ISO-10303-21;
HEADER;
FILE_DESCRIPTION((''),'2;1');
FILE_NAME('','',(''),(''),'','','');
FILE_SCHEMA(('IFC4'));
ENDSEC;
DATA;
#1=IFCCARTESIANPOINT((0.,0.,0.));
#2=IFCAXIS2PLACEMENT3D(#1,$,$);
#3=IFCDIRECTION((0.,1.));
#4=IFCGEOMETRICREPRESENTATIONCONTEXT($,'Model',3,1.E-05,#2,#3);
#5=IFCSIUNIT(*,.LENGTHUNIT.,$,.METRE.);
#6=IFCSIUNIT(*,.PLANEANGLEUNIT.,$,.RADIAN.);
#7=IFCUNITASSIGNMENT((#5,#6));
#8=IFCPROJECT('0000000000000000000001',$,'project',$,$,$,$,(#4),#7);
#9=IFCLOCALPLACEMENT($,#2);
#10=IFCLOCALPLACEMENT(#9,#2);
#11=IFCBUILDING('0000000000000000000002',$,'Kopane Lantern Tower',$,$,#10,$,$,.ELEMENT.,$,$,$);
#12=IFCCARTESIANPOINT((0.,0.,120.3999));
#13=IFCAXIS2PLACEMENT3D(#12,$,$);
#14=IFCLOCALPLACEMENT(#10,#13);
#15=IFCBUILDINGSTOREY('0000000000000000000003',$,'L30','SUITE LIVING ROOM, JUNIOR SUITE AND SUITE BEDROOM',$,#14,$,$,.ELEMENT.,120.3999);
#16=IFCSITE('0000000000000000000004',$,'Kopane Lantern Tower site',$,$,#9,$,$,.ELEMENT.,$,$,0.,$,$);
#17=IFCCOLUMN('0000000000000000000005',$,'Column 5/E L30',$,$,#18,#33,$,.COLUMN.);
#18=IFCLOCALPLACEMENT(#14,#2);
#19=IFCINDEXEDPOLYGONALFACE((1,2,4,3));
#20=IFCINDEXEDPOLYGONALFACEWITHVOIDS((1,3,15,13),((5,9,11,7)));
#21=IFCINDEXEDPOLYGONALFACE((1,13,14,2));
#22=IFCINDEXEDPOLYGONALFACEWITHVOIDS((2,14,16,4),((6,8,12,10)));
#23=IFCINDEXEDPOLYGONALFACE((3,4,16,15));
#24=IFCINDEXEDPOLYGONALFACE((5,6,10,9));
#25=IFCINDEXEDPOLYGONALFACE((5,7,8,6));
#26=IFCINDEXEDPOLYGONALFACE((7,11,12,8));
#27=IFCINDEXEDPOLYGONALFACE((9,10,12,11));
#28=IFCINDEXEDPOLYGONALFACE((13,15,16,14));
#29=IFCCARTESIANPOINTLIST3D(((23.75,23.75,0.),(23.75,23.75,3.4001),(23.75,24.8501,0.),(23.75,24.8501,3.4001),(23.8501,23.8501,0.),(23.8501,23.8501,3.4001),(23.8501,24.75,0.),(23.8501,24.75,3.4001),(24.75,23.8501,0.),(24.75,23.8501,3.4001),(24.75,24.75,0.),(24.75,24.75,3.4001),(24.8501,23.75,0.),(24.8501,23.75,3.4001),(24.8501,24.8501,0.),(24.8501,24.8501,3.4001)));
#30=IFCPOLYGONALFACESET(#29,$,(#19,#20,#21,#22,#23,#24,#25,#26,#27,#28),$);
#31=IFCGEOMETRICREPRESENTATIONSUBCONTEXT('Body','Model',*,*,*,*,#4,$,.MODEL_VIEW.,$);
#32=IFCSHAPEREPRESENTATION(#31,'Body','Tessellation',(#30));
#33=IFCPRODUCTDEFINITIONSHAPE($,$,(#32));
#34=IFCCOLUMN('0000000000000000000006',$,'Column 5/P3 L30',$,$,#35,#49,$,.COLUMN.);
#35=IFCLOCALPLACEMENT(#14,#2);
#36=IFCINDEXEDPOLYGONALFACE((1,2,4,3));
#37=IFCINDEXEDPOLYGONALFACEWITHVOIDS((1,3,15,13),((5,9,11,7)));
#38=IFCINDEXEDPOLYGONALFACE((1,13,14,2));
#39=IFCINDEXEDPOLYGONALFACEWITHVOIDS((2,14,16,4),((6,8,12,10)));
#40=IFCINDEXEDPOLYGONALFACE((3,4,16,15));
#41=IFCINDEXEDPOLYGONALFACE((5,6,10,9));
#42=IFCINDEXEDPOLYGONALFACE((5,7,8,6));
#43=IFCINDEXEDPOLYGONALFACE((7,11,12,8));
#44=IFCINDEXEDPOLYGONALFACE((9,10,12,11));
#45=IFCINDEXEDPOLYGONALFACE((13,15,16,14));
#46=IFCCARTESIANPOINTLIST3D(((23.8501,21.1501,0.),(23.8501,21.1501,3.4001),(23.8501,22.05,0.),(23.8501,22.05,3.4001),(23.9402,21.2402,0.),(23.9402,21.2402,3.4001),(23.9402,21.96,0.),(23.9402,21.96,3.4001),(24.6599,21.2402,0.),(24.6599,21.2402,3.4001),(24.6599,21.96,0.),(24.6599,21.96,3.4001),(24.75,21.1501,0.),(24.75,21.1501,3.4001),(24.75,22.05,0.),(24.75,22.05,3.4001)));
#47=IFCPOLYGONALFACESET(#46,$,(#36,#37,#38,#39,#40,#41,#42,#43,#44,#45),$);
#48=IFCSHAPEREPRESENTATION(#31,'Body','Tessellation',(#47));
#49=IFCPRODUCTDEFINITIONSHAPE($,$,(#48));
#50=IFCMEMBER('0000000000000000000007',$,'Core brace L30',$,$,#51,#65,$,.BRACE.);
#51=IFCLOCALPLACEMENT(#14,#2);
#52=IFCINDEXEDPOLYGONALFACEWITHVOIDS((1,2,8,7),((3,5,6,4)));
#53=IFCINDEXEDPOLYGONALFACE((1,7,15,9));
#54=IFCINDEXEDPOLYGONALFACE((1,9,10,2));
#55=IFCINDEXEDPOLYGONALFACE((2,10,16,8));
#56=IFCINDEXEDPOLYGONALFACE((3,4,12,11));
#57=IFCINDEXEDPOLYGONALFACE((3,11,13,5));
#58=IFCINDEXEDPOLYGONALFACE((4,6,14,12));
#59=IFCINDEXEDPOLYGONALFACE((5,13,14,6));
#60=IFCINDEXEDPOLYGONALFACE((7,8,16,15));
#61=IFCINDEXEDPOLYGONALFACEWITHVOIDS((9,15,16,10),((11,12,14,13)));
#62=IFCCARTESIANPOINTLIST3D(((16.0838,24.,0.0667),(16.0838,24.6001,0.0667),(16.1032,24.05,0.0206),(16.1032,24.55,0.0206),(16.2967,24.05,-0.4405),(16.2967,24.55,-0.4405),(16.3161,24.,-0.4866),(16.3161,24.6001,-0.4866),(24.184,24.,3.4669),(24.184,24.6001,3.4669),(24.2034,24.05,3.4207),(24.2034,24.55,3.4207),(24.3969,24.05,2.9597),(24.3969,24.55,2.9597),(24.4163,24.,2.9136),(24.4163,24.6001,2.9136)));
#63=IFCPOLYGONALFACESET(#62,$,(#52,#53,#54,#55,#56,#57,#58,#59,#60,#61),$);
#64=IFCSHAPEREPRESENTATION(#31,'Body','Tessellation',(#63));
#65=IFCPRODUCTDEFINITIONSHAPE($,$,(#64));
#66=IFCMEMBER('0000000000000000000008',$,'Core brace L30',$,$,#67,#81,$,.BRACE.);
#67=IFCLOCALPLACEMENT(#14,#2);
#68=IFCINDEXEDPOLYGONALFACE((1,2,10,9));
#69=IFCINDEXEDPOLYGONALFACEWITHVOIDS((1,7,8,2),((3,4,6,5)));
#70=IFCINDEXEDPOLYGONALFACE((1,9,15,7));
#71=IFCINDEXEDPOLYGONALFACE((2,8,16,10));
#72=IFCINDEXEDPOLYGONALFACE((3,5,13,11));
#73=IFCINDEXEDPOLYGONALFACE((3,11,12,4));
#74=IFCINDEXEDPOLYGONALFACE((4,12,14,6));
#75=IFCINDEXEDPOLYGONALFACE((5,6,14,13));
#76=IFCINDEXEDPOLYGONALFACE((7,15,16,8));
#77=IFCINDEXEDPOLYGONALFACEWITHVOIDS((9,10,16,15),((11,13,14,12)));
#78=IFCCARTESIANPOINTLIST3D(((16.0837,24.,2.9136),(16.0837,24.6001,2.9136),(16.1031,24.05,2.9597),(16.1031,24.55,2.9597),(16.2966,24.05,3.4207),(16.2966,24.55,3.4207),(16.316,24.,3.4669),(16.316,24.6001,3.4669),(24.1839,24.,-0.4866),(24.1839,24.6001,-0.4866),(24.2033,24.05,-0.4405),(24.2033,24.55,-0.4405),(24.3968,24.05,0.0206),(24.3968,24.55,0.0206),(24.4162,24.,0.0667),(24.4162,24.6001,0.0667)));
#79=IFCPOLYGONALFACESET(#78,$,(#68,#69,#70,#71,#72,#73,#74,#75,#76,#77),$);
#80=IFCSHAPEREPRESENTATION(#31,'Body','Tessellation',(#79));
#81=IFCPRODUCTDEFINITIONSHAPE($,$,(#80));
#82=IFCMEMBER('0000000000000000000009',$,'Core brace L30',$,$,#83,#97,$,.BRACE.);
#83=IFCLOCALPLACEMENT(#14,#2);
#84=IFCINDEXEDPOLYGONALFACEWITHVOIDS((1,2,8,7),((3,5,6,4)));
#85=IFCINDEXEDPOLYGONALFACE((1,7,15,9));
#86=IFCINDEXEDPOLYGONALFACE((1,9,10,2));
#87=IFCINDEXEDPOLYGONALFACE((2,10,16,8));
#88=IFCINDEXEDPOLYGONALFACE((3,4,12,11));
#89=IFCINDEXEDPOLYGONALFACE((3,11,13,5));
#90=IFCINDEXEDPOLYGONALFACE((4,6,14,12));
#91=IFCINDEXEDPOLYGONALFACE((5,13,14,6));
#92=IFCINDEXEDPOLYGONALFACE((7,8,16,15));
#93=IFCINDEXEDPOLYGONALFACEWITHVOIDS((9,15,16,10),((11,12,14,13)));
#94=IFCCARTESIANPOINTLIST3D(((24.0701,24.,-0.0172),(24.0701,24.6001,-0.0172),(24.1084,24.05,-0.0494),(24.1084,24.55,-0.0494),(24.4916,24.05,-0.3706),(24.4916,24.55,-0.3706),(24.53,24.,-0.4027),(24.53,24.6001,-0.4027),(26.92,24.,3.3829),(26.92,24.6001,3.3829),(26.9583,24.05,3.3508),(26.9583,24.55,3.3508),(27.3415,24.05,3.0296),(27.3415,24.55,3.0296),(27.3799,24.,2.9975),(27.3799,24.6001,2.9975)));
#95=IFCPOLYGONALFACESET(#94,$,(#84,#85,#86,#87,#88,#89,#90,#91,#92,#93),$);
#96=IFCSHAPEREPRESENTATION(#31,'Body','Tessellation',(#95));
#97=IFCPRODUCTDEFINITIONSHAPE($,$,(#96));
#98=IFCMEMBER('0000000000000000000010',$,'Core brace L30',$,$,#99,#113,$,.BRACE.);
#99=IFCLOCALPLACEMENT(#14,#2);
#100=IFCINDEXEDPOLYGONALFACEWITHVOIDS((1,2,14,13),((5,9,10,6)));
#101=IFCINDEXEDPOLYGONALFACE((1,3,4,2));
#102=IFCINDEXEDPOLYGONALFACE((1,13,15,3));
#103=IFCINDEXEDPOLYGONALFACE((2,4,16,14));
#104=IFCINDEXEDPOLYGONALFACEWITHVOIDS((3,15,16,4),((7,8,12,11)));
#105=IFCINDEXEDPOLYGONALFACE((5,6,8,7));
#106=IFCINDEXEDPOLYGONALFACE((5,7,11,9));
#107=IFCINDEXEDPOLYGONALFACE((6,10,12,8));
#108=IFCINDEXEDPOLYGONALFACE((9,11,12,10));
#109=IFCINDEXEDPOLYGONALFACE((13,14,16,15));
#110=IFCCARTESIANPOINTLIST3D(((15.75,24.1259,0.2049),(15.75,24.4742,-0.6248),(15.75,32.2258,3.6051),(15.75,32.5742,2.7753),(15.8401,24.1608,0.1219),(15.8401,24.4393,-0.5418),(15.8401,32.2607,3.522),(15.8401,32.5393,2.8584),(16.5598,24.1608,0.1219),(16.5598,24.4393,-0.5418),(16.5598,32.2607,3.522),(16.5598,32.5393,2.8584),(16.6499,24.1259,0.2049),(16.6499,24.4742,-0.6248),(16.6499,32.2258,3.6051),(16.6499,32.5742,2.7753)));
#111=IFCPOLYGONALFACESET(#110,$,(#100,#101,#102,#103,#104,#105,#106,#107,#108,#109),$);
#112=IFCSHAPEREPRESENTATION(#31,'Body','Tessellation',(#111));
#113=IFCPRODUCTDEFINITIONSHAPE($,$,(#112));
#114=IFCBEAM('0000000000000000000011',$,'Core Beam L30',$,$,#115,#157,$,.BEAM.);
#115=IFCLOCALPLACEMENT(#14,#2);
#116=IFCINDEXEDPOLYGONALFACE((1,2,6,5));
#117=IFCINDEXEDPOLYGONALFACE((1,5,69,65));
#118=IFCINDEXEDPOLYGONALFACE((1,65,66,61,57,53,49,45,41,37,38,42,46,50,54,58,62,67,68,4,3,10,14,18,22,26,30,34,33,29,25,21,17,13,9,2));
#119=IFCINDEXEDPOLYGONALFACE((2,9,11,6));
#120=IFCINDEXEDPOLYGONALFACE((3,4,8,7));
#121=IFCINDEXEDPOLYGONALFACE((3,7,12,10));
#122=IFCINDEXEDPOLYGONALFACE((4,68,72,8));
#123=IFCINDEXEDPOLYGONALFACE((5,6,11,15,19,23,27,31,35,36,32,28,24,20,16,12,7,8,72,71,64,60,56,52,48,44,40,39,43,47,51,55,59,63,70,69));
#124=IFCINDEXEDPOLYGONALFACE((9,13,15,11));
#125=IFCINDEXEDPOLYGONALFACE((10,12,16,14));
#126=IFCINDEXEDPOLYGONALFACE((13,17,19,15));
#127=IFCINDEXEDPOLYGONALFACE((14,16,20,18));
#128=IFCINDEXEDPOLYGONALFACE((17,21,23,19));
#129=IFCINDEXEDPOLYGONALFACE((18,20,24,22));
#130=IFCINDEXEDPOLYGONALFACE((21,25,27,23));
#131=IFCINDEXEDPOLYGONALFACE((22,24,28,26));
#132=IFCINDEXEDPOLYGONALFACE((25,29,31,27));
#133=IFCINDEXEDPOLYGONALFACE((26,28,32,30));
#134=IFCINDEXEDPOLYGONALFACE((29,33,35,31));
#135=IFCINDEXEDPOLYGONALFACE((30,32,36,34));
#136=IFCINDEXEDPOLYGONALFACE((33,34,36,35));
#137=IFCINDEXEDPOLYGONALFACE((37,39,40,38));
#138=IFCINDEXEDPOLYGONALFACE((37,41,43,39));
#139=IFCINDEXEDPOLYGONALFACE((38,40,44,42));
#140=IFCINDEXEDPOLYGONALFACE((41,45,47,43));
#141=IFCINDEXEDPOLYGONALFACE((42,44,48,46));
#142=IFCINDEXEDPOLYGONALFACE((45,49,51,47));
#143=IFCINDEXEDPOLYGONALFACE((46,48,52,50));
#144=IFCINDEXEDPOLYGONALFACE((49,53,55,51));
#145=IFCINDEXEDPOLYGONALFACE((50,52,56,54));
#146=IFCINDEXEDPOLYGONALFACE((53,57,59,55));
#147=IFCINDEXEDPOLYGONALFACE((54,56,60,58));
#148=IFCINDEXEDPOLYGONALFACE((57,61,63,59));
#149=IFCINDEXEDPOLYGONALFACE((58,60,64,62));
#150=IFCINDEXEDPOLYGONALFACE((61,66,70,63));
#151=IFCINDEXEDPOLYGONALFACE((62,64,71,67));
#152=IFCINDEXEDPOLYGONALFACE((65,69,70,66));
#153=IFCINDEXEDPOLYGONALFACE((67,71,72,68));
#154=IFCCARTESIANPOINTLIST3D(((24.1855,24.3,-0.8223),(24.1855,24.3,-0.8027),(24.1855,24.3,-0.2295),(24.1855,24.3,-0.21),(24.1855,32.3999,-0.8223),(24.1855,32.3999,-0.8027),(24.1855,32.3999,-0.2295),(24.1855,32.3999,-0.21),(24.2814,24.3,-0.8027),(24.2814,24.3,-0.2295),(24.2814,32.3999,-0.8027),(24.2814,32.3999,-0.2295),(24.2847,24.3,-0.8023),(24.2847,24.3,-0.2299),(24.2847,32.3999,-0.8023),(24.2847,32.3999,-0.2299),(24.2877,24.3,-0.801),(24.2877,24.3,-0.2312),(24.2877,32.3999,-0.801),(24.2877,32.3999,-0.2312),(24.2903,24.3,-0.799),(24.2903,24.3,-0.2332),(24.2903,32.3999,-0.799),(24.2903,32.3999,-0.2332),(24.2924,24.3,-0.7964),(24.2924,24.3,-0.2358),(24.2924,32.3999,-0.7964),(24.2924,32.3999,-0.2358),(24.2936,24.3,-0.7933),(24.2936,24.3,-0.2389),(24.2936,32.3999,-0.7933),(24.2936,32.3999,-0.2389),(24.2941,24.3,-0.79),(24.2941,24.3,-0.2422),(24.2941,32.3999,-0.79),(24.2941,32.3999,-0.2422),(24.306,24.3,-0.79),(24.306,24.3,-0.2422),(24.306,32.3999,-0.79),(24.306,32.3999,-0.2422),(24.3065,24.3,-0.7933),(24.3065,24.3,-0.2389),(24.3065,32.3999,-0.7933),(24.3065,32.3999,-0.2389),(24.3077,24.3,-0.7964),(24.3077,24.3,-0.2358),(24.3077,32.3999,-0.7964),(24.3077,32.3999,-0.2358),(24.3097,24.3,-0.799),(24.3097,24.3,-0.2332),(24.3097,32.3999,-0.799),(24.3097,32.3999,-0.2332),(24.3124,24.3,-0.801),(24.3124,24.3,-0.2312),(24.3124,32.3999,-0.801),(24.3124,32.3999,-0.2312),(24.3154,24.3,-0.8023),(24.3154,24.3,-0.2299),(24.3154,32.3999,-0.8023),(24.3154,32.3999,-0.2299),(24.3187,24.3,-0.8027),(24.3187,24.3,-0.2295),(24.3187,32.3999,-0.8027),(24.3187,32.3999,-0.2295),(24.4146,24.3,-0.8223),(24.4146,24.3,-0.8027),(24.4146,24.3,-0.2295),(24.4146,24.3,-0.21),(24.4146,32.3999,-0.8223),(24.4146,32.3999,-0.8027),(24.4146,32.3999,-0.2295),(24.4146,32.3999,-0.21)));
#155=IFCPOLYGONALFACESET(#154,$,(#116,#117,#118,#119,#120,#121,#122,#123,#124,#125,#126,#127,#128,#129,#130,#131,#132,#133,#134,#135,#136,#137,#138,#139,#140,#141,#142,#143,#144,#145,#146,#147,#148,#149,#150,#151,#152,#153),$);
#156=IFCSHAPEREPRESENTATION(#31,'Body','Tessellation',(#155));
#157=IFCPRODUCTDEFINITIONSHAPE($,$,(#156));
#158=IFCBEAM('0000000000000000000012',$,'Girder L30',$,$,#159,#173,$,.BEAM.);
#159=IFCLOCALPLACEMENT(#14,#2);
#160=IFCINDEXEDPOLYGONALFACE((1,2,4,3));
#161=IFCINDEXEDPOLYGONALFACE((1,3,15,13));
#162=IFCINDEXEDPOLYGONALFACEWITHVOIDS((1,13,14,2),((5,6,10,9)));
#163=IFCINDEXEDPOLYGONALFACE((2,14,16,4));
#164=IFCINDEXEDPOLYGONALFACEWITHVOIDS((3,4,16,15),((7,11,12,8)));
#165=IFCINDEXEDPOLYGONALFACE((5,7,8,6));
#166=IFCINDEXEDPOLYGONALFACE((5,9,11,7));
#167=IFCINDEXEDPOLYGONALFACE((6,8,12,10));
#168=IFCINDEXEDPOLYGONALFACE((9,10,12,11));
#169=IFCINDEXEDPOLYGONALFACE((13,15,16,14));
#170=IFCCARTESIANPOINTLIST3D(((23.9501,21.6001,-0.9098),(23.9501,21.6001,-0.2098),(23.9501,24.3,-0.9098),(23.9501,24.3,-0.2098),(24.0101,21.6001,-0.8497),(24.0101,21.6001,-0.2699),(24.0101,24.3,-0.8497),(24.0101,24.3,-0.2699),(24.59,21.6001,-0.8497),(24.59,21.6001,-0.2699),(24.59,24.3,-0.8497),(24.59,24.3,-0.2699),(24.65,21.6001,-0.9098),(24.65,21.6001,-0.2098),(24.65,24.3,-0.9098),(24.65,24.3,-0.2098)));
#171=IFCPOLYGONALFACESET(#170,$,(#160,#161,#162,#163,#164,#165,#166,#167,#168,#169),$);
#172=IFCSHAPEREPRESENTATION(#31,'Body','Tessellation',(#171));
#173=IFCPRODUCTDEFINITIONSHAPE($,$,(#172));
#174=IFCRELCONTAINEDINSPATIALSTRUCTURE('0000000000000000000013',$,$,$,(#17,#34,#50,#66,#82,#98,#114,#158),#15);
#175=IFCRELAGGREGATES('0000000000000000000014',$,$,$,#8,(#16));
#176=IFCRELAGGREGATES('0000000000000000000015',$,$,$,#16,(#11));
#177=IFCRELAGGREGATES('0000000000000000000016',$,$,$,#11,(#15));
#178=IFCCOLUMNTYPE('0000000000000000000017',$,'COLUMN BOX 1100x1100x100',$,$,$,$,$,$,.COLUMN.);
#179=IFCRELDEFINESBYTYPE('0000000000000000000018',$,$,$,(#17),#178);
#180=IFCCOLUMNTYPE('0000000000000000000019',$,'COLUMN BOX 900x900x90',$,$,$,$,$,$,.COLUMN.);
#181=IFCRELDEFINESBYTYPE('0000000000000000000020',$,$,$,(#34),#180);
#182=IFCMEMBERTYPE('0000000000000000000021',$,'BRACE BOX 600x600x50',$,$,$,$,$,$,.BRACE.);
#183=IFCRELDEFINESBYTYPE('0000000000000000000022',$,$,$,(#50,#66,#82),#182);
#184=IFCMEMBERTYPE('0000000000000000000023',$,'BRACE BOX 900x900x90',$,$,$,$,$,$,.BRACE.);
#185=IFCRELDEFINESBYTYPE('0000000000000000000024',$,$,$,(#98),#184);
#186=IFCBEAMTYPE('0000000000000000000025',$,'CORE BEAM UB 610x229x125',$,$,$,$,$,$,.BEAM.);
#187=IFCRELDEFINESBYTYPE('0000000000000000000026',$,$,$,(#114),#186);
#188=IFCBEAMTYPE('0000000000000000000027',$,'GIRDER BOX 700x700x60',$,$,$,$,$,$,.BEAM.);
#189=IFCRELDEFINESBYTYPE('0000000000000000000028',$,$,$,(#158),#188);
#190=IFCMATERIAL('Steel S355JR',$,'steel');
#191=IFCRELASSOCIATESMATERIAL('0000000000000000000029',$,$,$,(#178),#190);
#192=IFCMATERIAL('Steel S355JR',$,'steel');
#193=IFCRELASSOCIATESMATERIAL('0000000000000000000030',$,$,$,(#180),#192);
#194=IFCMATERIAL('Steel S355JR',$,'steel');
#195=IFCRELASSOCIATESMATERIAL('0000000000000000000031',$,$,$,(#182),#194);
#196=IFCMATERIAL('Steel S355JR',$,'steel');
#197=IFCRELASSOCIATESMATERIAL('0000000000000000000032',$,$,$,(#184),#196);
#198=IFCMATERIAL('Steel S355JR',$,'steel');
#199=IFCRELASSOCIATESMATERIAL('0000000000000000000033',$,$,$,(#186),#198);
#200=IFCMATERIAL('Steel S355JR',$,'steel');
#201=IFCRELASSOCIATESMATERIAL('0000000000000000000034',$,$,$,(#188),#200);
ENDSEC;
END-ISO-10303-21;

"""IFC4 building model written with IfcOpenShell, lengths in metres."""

from ifc_helpers import new_model, si_unit, direction, frame, origin, origin_2d, place, context, subcontext, project, spatial, hollow_rectangle, i_section, extrude, material, material_profile, profile_set, type_object, element, save


model = new_model("IFC4")

# Units and contexts
model_context = context("Model", 3, precision=1e-05, world=origin(), true_north=direction((0.0, 1.0)))
body_context = subcontext(model_context, "Body", "Model", "MODEL_VIEW")
ifc_project = project(units=[si_unit("LENGTHUNIT", "METRE"), si_unit("PLANEANGLEUNIT", "RADIAN")], contexts=[model_context])

# Site, building, storey
site_placement = place(None, origin())
site = spatial("IfcSite", under=ifc_project, at=site_placement, Name="Kopane Lantern Tower site", CompositionType="ELEMENT", RefElevation=0.0)
building_placement = place(site_placement, origin())
building = spatial("IfcBuilding", under=site, at=building_placement, Name="Kopane Lantern Tower", CompositionType="ELEMENT")
storey_placement = place(building_placement, frame((0.0, 0.0, 120.3999)))
storey = spatial("IfcBuildingStorey", under=building, at=storey_placement, Name="L30", Description="SUITE LIVING ROOM, JUNIOR SUITE AND SUITE BEDROOM", CompositionType="ELEMENT", Elevation=120.3999)

# Columns
ifc_material_1 = material(Name="Steel S355JR", Category="steel")
ifc_material_profile_1 = material_profile(ifc_material_1, hollow_rectangle(XDim=1.1001, YDim=1.1001, WallThickness=0.1001, at=origin_2d()), Name="BOX 1100x1100x100")
ifc_profile_set_1 = profile_set([ifc_material_profile_1], Name="Steel S355JR")
column_type_1 = type_object("IfcColumnType", Name="COLUMN BOX 1100x1100x100", PredefinedType="COLUMN", material=ifc_profile_set_1)
column_1_placement = place(storey_placement, frame((24.3, 24.3, 0.0), z_axis=(0.0, 0.0, 1.0), x_axis=(1.0, 0.0, 0.0)))
element("IfcColumn", 1, at=column_1_placement, inside=storey, type_object=column_type_1, Name="Column 5/E L30", PredefinedType="COLUMN", context=body_context, shape_type="SweptSolid", body=[
    extrude(hollow_rectangle(XDim=1.1001, YDim=1.1001, WallThickness=0.1001, at=origin_2d()), origin(), (0.0, 0.0, 1.0), 3.4001),
])
ifc_material_2 = material(Name="Steel S355JR", Category="steel")
ifc_material_profile_2 = material_profile(ifc_material_2, hollow_rectangle(XDim=0.8999, YDim=0.8999, WallThickness=0.0901, at=origin_2d()), Name="BOX 900x900x90")
ifc_profile_set_2 = profile_set([ifc_material_profile_2], Name="Steel S355JR")
column_type_2 = type_object("IfcColumnType", Name="COLUMN BOX 900x900x90", PredefinedType="COLUMN", material=ifc_profile_set_2)
column_2_placement = place(storey_placement, frame((24.3, 21.6001, 0.0), z_axis=(0.0, 0.0, 1.0), x_axis=(1.0, 0.0, 0.0)))
element("IfcColumn", 2, at=column_2_placement, inside=storey, type_object=column_type_2, Name="Column 5/P3 L30", PredefinedType="COLUMN", context=body_context, shape_type="SweptSolid", body=[
    extrude(hollow_rectangle(XDim=0.8999, YDim=0.8999, WallThickness=0.0901, at=origin_2d()), origin(), (0.0, 0.0, 1.0), 3.4001),
])

# Members
ifc_material_3 = material(Name="Steel S355JR", Category="steel")
ifc_material_profile_3 = material_profile(ifc_material_3, hollow_rectangle(XDim=0.6001, YDim=0.6001, WallThickness=0.05, at=origin_2d()), Name="BOX 600x600x50")
ifc_profile_set_3 = profile_set([ifc_material_profile_3], Name="Steel S355JR")
member_type_1 = type_object("IfcMemberType", Name="BRACE BOX 600x600x50", PredefinedType="BRACE", material=ifc_profile_set_3)
for number, where, z_axis, x_axis, name in (
    (3, (16.2, 24.3, -0.21), (0.922059, 0.0, 0.387049), (0.0, 1.0, 0.0), "Core brace L30"),
    (4, (24.3, 24.3, -0.21), (-0.922059, 0.0, 0.387049), (0.0, -1.0, 0.0), "Core brace L30"),
):
    element("IfcMember", number, at=place(storey_placement, frame(where, z_axis=z_axis, x_axis=x_axis)), inside=storey, type_object=member_type_1, Name=name, PredefinedType="BRACE", context=body_context, shape_type="SweptSolid", body=[
        extrude(hollow_rectangle(XDim=0.6001, YDim=0.6001, WallThickness=0.05, at=origin_2d()), origin(), (0.0, 0.0, 1.0), 8.7849),
    ])
member_1_placement = place(storey_placement, frame((24.3, 24.3, -0.21), z_axis=(0.642363, 0.0, 0.7664), x_axis=(0.0, 1.0, 0.0)))
element("IfcMember", 5, at=member_1_placement, inside=storey, type_object=member_type_1, Name="Core brace L30", PredefinedType="BRACE", context=body_context, shape_type="SweptSolid", body=[
    extrude(hollow_rectangle(XDim=0.6001, YDim=0.6001, WallThickness=0.05, at=origin_2d()), origin(), (0.0, 0.0, 1.0), 4.4365),
])
ifc_material_4 = material(Name="Steel S355JR", Category="steel")
ifc_material_profile_4 = material_profile(ifc_material_4, hollow_rectangle(XDim=0.8999, YDim=0.8999, WallThickness=0.0901, at=origin_2d()), Name="BOX 900x900x90")
ifc_profile_set_4 = profile_set([ifc_material_profile_4], Name="Steel S355JR")
member_type_2 = type_object("IfcMemberType", Name="BRACE BOX 900x900x90", PredefinedType="BRACE", material=ifc_profile_set_4)
member_2_placement = place(storey_placement, frame((16.2, 24.3, -0.21), z_axis=(0.0, 0.922055, 0.387059), x_axis=(-1.0, 0.0, 0.0)))
element("IfcMember", 6, at=member_2_placement, inside=storey, type_object=member_type_2, Name="Core brace L30", PredefinedType="BRACE", context=body_context, shape_type="SweptSolid", body=[
    extrude(hollow_rectangle(XDim=0.8999, YDim=0.8999, WallThickness=0.0901, at=origin_2d()), origin(), (0.0, 0.0, 1.0), 8.7847),
])

# Beams
ifc_material_5 = material(Name="Steel S355JR", Category="steel")
ifc_material_profile_5 = material_profile(ifc_material_5, i_section(OverallWidth=0.229, OverallDepth=0.6123, WebThickness=0.012, FlangeThickness=0.0195, FilletRadius=0.0127, at=origin_2d()), Name="UB 610x229x125")
ifc_profile_set_5 = profile_set([ifc_material_profile_5], Name="Steel S355JR")
beam_type_1 = type_object("IfcBeamType", Name="CORE BEAM UB 610x229x125", PredefinedType="BEAM", material=ifc_profile_set_5)
beam_1_placement = place(storey_placement, frame((24.3, 24.3, -0.5161), z_axis=(0.0, 1.0, 0.0), x_axis=(-1.0, 0.0, 0.0)))
element("IfcBeam", 7, at=beam_1_placement, inside=storey, type_object=beam_type_1, Name="Core Beam L30", PredefinedType="BEAM", context=body_context, shape_type="SweptSolid", body=[
    extrude(i_section(OverallWidth=0.229, OverallDepth=0.6123, WebThickness=0.012, FlangeThickness=0.0195, FilletRadius=0.0127, at=origin_2d()), origin(), (0.0, 0.0, 1.0), 8.0999),
])
ifc_material_6 = material(Name="Steel S355JR", Category="steel")
ifc_material_profile_6 = material_profile(ifc_material_6, hollow_rectangle(XDim=0.7, YDim=0.7, WallThickness=0.0601, at=origin_2d()), Name="BOX 700x700x60")
ifc_profile_set_6 = profile_set([ifc_material_profile_6], Name="Steel S355JR")
beam_type_2 = type_object("IfcBeamType", Name="GIRDER BOX 700x700x60", PredefinedType="BEAM", material=ifc_profile_set_6)
beam_2_placement = place(storey_placement, frame((24.3, 21.6001, -0.5598), z_axis=(0.0, 1.0, 0.0), x_axis=(-1.0, 0.0, 0.0)))
element("IfcBeam", 8, at=beam_2_placement, inside=storey, type_object=beam_type_2, Name="Girder L30", PredefinedType="BEAM", context=body_context, shape_type="SweptSolid", body=[
    extrude(hollow_rectangle(XDim=0.7, YDim=0.7, WallThickness=0.0601, at=origin_2d()), origin(), (0.0, 0.0, 1.0), 2.7),
])

save(model, "model.ifc")
